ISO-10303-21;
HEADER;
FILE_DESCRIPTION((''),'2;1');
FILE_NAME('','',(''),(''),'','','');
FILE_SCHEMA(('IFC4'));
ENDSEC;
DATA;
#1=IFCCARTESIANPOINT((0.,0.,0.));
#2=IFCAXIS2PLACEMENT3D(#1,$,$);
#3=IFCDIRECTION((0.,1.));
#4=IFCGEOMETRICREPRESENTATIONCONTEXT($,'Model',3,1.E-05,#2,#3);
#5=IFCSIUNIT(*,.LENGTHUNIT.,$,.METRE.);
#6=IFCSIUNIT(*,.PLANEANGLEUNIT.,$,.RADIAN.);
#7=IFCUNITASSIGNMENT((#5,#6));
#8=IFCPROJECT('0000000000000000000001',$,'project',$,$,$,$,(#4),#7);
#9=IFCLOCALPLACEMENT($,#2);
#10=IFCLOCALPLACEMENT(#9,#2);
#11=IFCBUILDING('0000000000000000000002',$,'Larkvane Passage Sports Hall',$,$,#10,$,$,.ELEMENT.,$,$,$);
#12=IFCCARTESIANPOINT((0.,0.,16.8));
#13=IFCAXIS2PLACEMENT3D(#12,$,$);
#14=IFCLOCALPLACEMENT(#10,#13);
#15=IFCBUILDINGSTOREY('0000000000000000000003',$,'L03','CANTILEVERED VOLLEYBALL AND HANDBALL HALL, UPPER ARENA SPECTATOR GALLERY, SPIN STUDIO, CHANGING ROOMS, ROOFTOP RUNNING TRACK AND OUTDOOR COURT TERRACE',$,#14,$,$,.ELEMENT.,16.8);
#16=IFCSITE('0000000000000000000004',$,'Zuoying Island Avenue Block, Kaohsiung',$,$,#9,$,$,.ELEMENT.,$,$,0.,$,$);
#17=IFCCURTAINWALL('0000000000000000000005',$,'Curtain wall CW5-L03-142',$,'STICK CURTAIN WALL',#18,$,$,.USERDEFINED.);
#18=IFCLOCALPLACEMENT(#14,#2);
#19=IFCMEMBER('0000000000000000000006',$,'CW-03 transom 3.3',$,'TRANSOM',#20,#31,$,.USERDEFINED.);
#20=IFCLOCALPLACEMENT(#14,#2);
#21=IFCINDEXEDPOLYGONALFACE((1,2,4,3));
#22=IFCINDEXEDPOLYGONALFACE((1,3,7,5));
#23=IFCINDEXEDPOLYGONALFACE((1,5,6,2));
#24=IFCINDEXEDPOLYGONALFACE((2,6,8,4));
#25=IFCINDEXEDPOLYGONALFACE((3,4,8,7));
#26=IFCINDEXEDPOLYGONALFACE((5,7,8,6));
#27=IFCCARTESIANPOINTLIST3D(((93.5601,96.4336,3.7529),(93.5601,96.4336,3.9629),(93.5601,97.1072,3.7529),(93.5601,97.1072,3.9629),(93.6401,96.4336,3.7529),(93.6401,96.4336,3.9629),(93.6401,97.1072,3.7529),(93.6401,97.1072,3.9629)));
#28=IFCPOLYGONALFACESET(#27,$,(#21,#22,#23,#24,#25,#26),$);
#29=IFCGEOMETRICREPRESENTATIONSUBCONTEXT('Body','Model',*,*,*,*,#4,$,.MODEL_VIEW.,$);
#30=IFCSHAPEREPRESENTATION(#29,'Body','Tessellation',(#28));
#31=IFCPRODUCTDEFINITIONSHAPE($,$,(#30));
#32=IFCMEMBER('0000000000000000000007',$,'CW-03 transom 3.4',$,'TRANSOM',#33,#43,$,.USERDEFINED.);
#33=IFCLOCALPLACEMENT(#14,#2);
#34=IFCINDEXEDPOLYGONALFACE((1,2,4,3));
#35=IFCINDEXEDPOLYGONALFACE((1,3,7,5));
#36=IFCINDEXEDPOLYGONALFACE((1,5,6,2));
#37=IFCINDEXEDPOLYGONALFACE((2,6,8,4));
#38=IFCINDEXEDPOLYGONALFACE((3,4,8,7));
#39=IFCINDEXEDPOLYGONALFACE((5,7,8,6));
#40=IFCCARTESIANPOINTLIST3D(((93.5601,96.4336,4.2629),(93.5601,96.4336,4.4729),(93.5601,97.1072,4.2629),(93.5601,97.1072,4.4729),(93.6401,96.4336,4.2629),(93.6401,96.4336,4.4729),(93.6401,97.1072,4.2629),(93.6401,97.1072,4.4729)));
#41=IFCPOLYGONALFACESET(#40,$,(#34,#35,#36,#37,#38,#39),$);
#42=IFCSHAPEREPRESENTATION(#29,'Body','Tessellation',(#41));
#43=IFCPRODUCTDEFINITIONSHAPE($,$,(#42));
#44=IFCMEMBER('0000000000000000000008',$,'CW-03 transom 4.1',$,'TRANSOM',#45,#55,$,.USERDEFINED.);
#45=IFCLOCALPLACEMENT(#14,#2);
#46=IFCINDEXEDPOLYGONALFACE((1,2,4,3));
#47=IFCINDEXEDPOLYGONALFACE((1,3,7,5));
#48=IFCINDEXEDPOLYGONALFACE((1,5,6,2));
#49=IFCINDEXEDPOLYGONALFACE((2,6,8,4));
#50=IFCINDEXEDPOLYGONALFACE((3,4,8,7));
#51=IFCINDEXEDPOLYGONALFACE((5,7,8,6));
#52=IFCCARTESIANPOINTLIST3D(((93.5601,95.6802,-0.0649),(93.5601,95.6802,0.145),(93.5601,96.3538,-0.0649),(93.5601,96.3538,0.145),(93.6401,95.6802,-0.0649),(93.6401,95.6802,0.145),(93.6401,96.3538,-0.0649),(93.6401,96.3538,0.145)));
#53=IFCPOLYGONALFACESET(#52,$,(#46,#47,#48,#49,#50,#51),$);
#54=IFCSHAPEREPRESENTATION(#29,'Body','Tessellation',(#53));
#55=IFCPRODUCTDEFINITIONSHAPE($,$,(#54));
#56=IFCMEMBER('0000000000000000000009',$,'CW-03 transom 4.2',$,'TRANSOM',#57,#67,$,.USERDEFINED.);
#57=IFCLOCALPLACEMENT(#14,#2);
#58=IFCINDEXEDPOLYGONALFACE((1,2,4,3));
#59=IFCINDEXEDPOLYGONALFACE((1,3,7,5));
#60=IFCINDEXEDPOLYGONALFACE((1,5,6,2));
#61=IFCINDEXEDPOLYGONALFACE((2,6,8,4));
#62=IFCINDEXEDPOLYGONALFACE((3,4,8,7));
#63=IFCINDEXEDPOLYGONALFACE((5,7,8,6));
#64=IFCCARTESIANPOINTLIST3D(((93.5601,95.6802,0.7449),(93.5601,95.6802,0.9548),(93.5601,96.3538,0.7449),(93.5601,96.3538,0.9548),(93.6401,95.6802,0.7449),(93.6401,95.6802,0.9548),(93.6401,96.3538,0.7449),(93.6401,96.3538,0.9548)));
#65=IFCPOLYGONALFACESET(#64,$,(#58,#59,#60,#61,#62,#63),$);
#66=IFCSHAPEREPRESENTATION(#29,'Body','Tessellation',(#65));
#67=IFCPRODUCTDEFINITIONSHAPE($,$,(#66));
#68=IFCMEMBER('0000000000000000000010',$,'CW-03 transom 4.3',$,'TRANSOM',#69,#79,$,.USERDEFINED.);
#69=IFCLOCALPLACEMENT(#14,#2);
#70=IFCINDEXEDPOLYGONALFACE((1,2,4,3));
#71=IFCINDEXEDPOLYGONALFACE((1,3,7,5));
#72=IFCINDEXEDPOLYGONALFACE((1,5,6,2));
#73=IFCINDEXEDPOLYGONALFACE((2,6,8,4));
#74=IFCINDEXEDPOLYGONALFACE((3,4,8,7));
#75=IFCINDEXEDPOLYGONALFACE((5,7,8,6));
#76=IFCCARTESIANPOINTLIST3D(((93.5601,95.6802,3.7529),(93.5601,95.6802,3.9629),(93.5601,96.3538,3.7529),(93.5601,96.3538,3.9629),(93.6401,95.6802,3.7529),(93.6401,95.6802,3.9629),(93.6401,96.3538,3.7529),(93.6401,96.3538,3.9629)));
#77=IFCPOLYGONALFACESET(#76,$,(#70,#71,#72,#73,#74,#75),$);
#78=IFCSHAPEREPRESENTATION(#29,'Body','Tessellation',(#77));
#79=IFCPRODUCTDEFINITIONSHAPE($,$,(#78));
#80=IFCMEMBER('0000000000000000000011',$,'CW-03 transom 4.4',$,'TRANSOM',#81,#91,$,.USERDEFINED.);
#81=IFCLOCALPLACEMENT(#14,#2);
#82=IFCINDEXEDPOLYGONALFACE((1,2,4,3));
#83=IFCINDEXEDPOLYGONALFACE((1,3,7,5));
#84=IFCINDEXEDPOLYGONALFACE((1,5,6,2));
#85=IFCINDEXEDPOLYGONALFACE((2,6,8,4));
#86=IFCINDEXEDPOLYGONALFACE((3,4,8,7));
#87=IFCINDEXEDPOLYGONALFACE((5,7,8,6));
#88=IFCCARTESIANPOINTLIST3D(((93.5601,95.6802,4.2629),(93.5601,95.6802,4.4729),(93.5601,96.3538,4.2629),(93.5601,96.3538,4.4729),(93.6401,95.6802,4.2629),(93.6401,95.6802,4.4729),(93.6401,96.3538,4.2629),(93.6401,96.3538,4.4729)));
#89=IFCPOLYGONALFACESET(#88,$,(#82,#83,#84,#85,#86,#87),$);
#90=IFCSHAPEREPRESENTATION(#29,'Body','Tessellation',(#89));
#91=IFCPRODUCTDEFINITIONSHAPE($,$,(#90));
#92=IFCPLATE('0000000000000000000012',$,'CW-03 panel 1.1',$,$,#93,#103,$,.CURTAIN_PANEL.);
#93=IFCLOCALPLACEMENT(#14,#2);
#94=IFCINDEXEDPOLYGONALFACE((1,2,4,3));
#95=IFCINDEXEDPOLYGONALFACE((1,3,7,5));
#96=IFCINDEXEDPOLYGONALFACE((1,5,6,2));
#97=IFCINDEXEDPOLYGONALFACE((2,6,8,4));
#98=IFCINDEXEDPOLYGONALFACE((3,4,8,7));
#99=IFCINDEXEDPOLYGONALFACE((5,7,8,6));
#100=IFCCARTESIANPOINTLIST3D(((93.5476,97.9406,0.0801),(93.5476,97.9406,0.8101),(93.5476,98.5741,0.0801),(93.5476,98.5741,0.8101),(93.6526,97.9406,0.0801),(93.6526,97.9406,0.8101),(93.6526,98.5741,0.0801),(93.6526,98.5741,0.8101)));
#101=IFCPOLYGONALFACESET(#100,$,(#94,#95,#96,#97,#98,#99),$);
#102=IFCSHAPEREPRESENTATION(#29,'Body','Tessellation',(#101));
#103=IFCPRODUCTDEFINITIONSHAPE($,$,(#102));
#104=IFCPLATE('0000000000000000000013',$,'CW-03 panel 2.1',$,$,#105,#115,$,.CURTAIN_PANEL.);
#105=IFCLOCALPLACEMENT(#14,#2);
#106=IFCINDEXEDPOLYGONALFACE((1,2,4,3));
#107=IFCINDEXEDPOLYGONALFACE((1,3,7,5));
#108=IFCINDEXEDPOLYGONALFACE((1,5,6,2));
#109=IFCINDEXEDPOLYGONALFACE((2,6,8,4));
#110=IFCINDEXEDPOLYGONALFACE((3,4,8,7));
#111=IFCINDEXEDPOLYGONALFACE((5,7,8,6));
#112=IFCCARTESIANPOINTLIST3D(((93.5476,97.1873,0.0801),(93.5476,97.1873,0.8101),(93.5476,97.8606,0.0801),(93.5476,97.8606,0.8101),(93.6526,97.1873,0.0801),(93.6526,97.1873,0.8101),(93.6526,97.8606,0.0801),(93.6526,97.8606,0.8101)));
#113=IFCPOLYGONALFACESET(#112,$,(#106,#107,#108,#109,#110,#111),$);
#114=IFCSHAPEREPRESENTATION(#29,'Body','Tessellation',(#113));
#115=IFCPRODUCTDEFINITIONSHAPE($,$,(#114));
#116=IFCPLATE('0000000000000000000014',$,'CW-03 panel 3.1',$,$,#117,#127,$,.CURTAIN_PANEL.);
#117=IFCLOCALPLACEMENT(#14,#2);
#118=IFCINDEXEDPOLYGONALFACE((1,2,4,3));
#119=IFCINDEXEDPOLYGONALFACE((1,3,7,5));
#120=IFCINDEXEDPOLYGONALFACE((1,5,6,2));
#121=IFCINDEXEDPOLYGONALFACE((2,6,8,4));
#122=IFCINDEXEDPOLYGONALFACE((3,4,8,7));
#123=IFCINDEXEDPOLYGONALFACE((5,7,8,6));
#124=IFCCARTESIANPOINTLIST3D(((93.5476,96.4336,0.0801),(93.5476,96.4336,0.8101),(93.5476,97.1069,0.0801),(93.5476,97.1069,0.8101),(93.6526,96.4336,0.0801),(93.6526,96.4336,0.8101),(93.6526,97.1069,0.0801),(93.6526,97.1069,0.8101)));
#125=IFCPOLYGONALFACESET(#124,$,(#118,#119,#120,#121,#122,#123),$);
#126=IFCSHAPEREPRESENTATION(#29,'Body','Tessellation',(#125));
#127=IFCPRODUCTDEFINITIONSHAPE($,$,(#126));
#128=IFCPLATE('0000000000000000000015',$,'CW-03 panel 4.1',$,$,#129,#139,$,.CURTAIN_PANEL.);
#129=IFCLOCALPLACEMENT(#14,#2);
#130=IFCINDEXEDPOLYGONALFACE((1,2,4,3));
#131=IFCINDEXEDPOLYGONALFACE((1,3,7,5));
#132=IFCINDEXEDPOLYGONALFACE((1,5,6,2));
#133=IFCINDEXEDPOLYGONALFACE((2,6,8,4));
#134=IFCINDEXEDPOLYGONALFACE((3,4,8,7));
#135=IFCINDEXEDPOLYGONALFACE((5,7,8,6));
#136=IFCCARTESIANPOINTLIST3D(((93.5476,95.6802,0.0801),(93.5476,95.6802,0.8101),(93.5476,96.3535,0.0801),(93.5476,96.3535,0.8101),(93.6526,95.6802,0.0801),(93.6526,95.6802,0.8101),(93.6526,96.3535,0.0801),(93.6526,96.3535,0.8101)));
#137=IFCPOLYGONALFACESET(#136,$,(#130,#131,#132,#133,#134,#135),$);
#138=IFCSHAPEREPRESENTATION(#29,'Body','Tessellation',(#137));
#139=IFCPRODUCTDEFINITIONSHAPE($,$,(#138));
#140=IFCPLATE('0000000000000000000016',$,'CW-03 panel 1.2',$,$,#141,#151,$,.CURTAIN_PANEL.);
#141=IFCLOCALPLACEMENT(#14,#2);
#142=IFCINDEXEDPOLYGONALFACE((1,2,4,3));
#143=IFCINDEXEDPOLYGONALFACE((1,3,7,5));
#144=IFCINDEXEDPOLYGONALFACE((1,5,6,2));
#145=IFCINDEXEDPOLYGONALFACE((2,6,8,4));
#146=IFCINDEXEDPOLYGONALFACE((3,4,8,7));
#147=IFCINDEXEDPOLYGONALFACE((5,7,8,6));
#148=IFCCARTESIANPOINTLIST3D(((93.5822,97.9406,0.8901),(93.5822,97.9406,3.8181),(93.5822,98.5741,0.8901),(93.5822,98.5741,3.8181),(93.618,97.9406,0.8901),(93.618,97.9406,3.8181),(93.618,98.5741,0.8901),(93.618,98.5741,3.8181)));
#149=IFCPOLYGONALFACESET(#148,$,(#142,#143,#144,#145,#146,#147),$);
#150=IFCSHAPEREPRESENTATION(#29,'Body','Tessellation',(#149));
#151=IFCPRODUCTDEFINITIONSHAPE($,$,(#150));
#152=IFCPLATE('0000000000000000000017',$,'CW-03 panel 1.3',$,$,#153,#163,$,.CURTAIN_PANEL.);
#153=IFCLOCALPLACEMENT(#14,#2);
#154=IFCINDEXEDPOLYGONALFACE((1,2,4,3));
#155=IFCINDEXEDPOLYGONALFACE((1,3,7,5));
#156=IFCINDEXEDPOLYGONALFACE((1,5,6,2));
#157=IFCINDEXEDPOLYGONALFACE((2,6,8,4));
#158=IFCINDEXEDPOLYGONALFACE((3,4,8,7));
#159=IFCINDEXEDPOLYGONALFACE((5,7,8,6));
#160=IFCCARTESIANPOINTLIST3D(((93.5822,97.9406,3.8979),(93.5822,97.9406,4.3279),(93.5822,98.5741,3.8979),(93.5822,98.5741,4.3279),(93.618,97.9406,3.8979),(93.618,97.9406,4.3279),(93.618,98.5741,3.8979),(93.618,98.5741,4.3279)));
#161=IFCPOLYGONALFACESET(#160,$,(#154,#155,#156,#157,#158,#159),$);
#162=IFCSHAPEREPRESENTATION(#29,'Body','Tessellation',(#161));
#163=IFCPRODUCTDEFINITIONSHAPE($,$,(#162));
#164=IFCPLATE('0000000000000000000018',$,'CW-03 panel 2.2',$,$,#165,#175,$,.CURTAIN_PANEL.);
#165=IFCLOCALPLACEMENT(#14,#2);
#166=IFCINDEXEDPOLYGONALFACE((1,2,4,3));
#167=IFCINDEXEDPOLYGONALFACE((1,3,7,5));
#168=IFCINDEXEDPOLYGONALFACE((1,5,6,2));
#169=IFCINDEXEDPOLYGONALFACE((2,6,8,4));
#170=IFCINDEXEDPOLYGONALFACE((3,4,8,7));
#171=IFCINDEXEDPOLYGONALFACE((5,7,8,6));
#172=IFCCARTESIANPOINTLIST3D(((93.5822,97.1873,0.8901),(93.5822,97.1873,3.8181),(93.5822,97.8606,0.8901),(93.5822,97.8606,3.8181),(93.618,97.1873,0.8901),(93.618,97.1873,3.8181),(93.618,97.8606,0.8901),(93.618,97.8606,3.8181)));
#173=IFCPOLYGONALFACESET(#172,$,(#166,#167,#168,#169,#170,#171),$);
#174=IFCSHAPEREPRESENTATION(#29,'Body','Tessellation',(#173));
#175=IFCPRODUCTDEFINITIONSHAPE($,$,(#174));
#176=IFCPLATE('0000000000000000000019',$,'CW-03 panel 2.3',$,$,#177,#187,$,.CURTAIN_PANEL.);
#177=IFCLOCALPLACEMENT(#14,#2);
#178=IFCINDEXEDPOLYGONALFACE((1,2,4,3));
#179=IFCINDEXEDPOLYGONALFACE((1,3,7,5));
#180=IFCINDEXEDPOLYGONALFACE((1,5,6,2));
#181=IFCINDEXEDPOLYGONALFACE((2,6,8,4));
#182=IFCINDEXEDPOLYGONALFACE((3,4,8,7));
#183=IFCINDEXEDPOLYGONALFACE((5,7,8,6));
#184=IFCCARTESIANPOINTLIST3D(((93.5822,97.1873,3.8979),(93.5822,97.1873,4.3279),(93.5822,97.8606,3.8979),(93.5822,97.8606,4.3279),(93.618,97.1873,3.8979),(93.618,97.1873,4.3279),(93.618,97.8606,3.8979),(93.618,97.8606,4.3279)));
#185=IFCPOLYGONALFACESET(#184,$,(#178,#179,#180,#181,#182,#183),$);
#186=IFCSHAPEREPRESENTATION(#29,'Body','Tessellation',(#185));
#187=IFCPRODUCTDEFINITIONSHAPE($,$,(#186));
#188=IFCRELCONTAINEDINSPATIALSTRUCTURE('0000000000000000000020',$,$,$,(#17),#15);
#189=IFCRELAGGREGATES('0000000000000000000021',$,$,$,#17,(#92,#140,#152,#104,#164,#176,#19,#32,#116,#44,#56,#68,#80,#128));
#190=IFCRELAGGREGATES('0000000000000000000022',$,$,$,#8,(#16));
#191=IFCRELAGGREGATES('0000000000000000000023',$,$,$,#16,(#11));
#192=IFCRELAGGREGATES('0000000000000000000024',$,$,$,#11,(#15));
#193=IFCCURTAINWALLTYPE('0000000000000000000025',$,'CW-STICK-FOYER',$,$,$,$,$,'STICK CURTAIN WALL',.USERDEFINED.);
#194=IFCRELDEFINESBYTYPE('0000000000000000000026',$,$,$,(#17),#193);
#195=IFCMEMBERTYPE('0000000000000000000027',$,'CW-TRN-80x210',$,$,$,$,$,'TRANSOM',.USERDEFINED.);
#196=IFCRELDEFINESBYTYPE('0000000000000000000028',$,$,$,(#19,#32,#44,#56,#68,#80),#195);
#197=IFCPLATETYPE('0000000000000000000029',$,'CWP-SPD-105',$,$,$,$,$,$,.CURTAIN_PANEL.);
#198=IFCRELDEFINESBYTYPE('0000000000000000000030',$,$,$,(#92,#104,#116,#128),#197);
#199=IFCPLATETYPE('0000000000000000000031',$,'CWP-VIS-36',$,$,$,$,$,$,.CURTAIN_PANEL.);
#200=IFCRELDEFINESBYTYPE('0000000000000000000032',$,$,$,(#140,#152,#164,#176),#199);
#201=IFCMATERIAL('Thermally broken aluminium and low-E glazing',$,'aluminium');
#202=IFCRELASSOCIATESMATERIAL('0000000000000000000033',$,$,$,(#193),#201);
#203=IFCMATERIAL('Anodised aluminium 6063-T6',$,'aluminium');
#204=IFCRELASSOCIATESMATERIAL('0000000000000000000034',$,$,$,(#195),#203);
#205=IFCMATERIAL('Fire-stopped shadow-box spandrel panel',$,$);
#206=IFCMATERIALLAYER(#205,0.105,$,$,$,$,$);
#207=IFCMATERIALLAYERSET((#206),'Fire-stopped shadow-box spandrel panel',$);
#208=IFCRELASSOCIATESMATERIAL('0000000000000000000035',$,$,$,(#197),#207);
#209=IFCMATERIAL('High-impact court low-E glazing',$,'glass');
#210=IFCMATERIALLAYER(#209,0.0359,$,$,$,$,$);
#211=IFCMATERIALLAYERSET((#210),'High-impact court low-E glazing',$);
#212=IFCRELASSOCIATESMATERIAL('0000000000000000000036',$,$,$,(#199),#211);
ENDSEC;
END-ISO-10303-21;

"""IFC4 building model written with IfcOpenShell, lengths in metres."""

from ifc_helpers import new_model, si_unit, direction, frame, origin, origin_2d, place, context, subcontext, project, spatial, rectangle, extrude, material, layer, layer_set, material_profile, profile_set, type_object, element, aggregate, save


model = new_model("IFC4")

# Units and contexts
model_context = context("Model", 3, precision=1e-05, world=origin(), true_north=direction((0.0, 1.0)))
body_context = subcontext(model_context, "Body", "Model", "MODEL_VIEW")
ifc_project = project(units=[si_unit("LENGTHUNIT", "METRE"), si_unit("PLANEANGLEUNIT", "RADIAN")], contexts=[model_context])

# Site, building, storey
site_placement = place(None, origin())
site = spatial("IfcSite", under=ifc_project, at=site_placement, Name="Zuoying Island Avenue Block, Kaohsiung", CompositionType="ELEMENT", RefElevation=0.0)
building_placement = place(site_placement, origin())
building = spatial("IfcBuilding", under=site, at=building_placement, Name="Larkvane Passage Sports Hall", CompositionType="ELEMENT")
storey_placement = place(building_placement, frame((0.0, 0.0, 16.8)))
storey = spatial("IfcBuildingStorey", under=building, at=storey_placement, Name="L03", Description="CANTILEVERED VOLLEYBALL AND HANDBALL HALL, UPPER ARENA SPECTATOR GALLERY, SPIN STUDIO, CHANGING ROOMS, ROOFTOP RUNNING TRACK AND OUTDOOR COURT TERRACE", CompositionType="ELEMENT", Elevation=16.8)

# Curtain wall, members, plates
ifc_material_1 = material(Name="Thermally broken aluminium and low-E glazing", Category="aluminium")
curtain_wall_type = type_object("IfcCurtainWallType", Name="CW-STICK-FOYER", ElementType="STICK CURTAIN WALL", PredefinedType="USERDEFINED", material=ifc_material_1)
curtain_wall_placement = place(storey_placement, origin())
curtain_wall = element("IfcCurtainWall", 1, at=curtain_wall_placement, inside=storey, type_object=curtain_wall_type, Name="Curtain wall CW5-L03-142", ObjectType="STICK CURTAIN WALL", PredefinedType="USERDEFINED")
ifc_material_2 = material(Name="Anodised aluminium 6063-T6", Category="aluminium")
ifc_material_profile_1 = material_profile(ifc_material_2, rectangle(XDim=0.0801, YDim=0.21, at=origin_2d()), Name="ALU-TRN-80x210")
ifc_profile_set_1 = profile_set([ifc_material_profile_1], Name="Anodised aluminium 6063-T6")
member_type_1 = type_object("IfcMemberType", Name="CW-TRN-80x210", ElementType="TRANSOM", PredefinedType="USERDEFINED", material=ifc_profile_set_1)
member_1_placement = place(storey_placement, frame((93.6001, 97.1072, 3.8579), z_axis=(0.0, -1.0, 0.0), x_axis=(1.0, 0.0, 0.0)))
member_1 = element("IfcMember", 2, at=member_1_placement, type_object=member_type_1, Name="CW-03 transom 3.3", ObjectType="TRANSOM", PredefinedType="USERDEFINED", context=body_context, shape_type="SweptSolid", body=[
    extrude(rectangle(XDim=0.0801, YDim=0.21, at=origin_2d()), origin(), (0.0, 0.0, 1.0), 0.6736),
])
member_2_placement = place(storey_placement, frame((93.6001, 97.1072, 4.3679), z_axis=(0.0, -1.0, 0.0), x_axis=(1.0, 0.0, 0.0)))
member_2 = element("IfcMember", 3, at=member_2_placement, type_object=member_type_1, Name="CW-03 transom 3.4", ObjectType="TRANSOM", PredefinedType="USERDEFINED", context=body_context, shape_type="SweptSolid", body=[
    extrude(rectangle(XDim=0.0801, YDim=0.21, at=origin_2d()), origin(), (0.0, 0.0, 1.0), 0.6736),
])
member_3_placement = place(storey_placement, frame((93.6001, 96.3538, 0.04), z_axis=(0.0, -1.0, 0.0), x_axis=(1.0, 0.0, 0.0)))
member_3 = element("IfcMember", 4, at=member_3_placement, type_object=member_type_1, Name="CW-03 transom 4.1", ObjectType="TRANSOM", PredefinedType="USERDEFINED", context=body_context, shape_type="SweptSolid", body=[
    extrude(rectangle(XDim=0.0801, YDim=0.21, at=origin_2d()), origin(), (0.0, 0.0, 1.0), 0.6736),
])
member_4_placement = place(storey_placement, frame((93.6001, 96.3538, 0.8499), z_axis=(0.0, -1.0, 0.0), x_axis=(1.0, 0.0, 0.0)))
member_4 = element("IfcMember", 5, at=member_4_placement, type_object=member_type_1, Name="CW-03 transom 4.2", ObjectType="TRANSOM", PredefinedType="USERDEFINED", context=body_context, shape_type="SweptSolid", body=[
    extrude(rectangle(XDim=0.0801, YDim=0.21, at=origin_2d()), origin(), (0.0, 0.0, 1.0), 0.6736),
])
member_5_placement = place(storey_placement, frame((93.6001, 96.3538, 3.8579), z_axis=(0.0, -1.0, 0.0), x_axis=(1.0, 0.0, 0.0)))
member_5 = element("IfcMember", 6, at=member_5_placement, type_object=member_type_1, Name="CW-03 transom 4.3", ObjectType="TRANSOM", PredefinedType="USERDEFINED", context=body_context, shape_type="SweptSolid", body=[
    extrude(rectangle(XDim=0.0801, YDim=0.21, at=origin_2d()), origin(), (0.0, 0.0, 1.0), 0.6736),
])
member_6_placement = place(storey_placement, frame((93.6001, 96.3538, 4.3679), z_axis=(0.0, -1.0, 0.0), x_axis=(1.0, 0.0, 0.0)))
member_6 = element("IfcMember", 7, at=member_6_placement, type_object=member_type_1, Name="CW-03 transom 4.4", ObjectType="TRANSOM", PredefinedType="USERDEFINED", context=body_context, shape_type="SweptSolid", body=[
    extrude(rectangle(XDim=0.0801, YDim=0.21, at=origin_2d()), origin(), (0.0, 0.0, 1.0), 0.6736),
])
ifc_material_3 = material(Name="Fire-stopped shadow-box spandrel panel")
ifc_layer_1 = layer(ifc_material_3, 0.105)
ifc_layer_set_1 = layer_set([ifc_layer_1], Name="Fire-stopped shadow-box spandrel panel")
plate_type_1 = type_object("IfcPlateType", Name="CWP-SPD-105", PredefinedType="CURTAIN_PANEL", material=ifc_layer_set_1)
plate_1_placement = place(storey_placement, frame((93.6001, 98.2573, 0.0801), z_axis=(0.0, 0.0, 1.0), x_axis=(0.0, -1.0, 0.0)))
plate_1 = element("IfcPlate", 8, at=plate_1_placement, type_object=plate_type_1, Name="CW-03 panel 1.1", PredefinedType="CURTAIN_PANEL", context=body_context, shape_type="SweptSolid", body=[
    extrude(rectangle(XDim=0.6335, YDim=0.105, at=origin_2d()), origin(), (0.0, 0.0, 1.0), 0.73),
])
plate_2_placement = place(storey_placement, frame((93.6001, 97.5239, 0.0801), z_axis=(0.0, 0.0, 1.0), x_axis=(0.0, -1.0, 0.0)))
plate_2 = element("IfcPlate", 9, at=plate_2_placement, type_object=plate_type_1, Name="CW-03 panel 2.1", PredefinedType="CURTAIN_PANEL", context=body_context, shape_type="SweptSolid", body=[
    extrude(rectangle(XDim=0.6733, YDim=0.105, at=origin_2d()), origin(), (0.0, 0.0, 1.0), 0.73),
])
plate_3_placement = place(storey_placement, frame((93.6001, 96.7703, 0.0801), z_axis=(0.0, 0.0, 1.0), x_axis=(0.0, -1.0, 0.0)))
plate_3 = element("IfcPlate", 10, at=plate_3_placement, type_object=plate_type_1, Name="CW-03 panel 3.1", PredefinedType="CURTAIN_PANEL", context=body_context, shape_type="SweptSolid", body=[
    extrude(rectangle(XDim=0.6733, YDim=0.105, at=origin_2d()), origin(), (0.0, 0.0, 1.0), 0.73),
])
plate_4_placement = place(storey_placement, frame((93.6001, 96.0168, 0.0801), z_axis=(0.0, 0.0, 1.0), x_axis=(0.0, -1.0, 0.0)))
plate_4 = element("IfcPlate", 11, at=plate_4_placement, type_object=plate_type_1, Name="CW-03 panel 4.1", PredefinedType="CURTAIN_PANEL", context=body_context, shape_type="SweptSolid", body=[
    extrude(rectangle(XDim=0.6733, YDim=0.105, at=origin_2d()), origin(), (0.0, 0.0, 1.0), 0.73),
])
ifc_material_4 = material(Name="High-impact court low-E glazing", Category="glass")
ifc_layer_2 = layer(ifc_material_4, 0.0359)
ifc_layer_set_2 = layer_set([ifc_layer_2], Name="High-impact court low-E glazing")
plate_type_2 = type_object("IfcPlateType", Name="CWP-VIS-36", PredefinedType="CURTAIN_PANEL", material=ifc_layer_set_2)
plate_5_placement = place(storey_placement, frame((93.6001, 98.2573, 0.8901), z_axis=(0.0, 0.0, 1.0), x_axis=(0.0, -1.0, 0.0)))
plate_5 = element("IfcPlate", 12, at=plate_5_placement, type_object=plate_type_2, Name="CW-03 panel 1.2", PredefinedType="CURTAIN_PANEL", context=body_context, shape_type="SweptSolid", body=[
    extrude(rectangle(XDim=0.6335, YDim=0.0359, at=origin_2d()), origin(), (0.0, 0.0, 1.0), 2.928),
])
plate_6_placement = place(storey_placement, frame((93.6001, 98.2573, 3.8979), z_axis=(0.0, 0.0, 1.0), x_axis=(0.0, -1.0, 0.0)))
plate_6 = element("IfcPlate", 13, at=plate_6_placement, type_object=plate_type_2, Name="CW-03 panel 1.3", PredefinedType="CURTAIN_PANEL", context=body_context, shape_type="SweptSolid", body=[
    extrude(rectangle(XDim=0.6335, YDim=0.0359, at=origin_2d()), origin(), (0.0, 0.0, 1.0), 0.4299),
])
plate_7_placement = place(storey_placement, frame((93.6001, 97.5239, 0.8901), z_axis=(0.0, 0.0, 1.0), x_axis=(0.0, -1.0, 0.0)))
plate_7 = element("IfcPlate", 14, at=plate_7_placement, type_object=plate_type_2, Name="CW-03 panel 2.2", PredefinedType="CURTAIN_PANEL", context=body_context, shape_type="SweptSolid", body=[
    extrude(rectangle(XDim=0.6733, YDim=0.0359, at=origin_2d()), origin(), (0.0, 0.0, 1.0), 2.928),
])
plate_8_placement = place(storey_placement, frame((93.6001, 97.5239, 3.8979), z_axis=(0.0, 0.0, 1.0), x_axis=(0.0, -1.0, 0.0)))
plate_8 = element("IfcPlate", 15, at=plate_8_placement, type_object=plate_type_2, Name="CW-03 panel 2.3", PredefinedType="CURTAIN_PANEL", context=body_context, shape_type="SweptSolid", body=[
    extrude(rectangle(XDim=0.6733, YDim=0.0359, at=origin_2d()), origin(), (0.0, 0.0, 1.0), 0.4299),
])
aggregate(curtain_wall, [plate_1, plate_5, plate_6, plate_2, plate_7, plate_8, member_1, member_2, plate_3, member_3, member_4, member_5, member_6, plate_4])

save(model, "model.ifc")
